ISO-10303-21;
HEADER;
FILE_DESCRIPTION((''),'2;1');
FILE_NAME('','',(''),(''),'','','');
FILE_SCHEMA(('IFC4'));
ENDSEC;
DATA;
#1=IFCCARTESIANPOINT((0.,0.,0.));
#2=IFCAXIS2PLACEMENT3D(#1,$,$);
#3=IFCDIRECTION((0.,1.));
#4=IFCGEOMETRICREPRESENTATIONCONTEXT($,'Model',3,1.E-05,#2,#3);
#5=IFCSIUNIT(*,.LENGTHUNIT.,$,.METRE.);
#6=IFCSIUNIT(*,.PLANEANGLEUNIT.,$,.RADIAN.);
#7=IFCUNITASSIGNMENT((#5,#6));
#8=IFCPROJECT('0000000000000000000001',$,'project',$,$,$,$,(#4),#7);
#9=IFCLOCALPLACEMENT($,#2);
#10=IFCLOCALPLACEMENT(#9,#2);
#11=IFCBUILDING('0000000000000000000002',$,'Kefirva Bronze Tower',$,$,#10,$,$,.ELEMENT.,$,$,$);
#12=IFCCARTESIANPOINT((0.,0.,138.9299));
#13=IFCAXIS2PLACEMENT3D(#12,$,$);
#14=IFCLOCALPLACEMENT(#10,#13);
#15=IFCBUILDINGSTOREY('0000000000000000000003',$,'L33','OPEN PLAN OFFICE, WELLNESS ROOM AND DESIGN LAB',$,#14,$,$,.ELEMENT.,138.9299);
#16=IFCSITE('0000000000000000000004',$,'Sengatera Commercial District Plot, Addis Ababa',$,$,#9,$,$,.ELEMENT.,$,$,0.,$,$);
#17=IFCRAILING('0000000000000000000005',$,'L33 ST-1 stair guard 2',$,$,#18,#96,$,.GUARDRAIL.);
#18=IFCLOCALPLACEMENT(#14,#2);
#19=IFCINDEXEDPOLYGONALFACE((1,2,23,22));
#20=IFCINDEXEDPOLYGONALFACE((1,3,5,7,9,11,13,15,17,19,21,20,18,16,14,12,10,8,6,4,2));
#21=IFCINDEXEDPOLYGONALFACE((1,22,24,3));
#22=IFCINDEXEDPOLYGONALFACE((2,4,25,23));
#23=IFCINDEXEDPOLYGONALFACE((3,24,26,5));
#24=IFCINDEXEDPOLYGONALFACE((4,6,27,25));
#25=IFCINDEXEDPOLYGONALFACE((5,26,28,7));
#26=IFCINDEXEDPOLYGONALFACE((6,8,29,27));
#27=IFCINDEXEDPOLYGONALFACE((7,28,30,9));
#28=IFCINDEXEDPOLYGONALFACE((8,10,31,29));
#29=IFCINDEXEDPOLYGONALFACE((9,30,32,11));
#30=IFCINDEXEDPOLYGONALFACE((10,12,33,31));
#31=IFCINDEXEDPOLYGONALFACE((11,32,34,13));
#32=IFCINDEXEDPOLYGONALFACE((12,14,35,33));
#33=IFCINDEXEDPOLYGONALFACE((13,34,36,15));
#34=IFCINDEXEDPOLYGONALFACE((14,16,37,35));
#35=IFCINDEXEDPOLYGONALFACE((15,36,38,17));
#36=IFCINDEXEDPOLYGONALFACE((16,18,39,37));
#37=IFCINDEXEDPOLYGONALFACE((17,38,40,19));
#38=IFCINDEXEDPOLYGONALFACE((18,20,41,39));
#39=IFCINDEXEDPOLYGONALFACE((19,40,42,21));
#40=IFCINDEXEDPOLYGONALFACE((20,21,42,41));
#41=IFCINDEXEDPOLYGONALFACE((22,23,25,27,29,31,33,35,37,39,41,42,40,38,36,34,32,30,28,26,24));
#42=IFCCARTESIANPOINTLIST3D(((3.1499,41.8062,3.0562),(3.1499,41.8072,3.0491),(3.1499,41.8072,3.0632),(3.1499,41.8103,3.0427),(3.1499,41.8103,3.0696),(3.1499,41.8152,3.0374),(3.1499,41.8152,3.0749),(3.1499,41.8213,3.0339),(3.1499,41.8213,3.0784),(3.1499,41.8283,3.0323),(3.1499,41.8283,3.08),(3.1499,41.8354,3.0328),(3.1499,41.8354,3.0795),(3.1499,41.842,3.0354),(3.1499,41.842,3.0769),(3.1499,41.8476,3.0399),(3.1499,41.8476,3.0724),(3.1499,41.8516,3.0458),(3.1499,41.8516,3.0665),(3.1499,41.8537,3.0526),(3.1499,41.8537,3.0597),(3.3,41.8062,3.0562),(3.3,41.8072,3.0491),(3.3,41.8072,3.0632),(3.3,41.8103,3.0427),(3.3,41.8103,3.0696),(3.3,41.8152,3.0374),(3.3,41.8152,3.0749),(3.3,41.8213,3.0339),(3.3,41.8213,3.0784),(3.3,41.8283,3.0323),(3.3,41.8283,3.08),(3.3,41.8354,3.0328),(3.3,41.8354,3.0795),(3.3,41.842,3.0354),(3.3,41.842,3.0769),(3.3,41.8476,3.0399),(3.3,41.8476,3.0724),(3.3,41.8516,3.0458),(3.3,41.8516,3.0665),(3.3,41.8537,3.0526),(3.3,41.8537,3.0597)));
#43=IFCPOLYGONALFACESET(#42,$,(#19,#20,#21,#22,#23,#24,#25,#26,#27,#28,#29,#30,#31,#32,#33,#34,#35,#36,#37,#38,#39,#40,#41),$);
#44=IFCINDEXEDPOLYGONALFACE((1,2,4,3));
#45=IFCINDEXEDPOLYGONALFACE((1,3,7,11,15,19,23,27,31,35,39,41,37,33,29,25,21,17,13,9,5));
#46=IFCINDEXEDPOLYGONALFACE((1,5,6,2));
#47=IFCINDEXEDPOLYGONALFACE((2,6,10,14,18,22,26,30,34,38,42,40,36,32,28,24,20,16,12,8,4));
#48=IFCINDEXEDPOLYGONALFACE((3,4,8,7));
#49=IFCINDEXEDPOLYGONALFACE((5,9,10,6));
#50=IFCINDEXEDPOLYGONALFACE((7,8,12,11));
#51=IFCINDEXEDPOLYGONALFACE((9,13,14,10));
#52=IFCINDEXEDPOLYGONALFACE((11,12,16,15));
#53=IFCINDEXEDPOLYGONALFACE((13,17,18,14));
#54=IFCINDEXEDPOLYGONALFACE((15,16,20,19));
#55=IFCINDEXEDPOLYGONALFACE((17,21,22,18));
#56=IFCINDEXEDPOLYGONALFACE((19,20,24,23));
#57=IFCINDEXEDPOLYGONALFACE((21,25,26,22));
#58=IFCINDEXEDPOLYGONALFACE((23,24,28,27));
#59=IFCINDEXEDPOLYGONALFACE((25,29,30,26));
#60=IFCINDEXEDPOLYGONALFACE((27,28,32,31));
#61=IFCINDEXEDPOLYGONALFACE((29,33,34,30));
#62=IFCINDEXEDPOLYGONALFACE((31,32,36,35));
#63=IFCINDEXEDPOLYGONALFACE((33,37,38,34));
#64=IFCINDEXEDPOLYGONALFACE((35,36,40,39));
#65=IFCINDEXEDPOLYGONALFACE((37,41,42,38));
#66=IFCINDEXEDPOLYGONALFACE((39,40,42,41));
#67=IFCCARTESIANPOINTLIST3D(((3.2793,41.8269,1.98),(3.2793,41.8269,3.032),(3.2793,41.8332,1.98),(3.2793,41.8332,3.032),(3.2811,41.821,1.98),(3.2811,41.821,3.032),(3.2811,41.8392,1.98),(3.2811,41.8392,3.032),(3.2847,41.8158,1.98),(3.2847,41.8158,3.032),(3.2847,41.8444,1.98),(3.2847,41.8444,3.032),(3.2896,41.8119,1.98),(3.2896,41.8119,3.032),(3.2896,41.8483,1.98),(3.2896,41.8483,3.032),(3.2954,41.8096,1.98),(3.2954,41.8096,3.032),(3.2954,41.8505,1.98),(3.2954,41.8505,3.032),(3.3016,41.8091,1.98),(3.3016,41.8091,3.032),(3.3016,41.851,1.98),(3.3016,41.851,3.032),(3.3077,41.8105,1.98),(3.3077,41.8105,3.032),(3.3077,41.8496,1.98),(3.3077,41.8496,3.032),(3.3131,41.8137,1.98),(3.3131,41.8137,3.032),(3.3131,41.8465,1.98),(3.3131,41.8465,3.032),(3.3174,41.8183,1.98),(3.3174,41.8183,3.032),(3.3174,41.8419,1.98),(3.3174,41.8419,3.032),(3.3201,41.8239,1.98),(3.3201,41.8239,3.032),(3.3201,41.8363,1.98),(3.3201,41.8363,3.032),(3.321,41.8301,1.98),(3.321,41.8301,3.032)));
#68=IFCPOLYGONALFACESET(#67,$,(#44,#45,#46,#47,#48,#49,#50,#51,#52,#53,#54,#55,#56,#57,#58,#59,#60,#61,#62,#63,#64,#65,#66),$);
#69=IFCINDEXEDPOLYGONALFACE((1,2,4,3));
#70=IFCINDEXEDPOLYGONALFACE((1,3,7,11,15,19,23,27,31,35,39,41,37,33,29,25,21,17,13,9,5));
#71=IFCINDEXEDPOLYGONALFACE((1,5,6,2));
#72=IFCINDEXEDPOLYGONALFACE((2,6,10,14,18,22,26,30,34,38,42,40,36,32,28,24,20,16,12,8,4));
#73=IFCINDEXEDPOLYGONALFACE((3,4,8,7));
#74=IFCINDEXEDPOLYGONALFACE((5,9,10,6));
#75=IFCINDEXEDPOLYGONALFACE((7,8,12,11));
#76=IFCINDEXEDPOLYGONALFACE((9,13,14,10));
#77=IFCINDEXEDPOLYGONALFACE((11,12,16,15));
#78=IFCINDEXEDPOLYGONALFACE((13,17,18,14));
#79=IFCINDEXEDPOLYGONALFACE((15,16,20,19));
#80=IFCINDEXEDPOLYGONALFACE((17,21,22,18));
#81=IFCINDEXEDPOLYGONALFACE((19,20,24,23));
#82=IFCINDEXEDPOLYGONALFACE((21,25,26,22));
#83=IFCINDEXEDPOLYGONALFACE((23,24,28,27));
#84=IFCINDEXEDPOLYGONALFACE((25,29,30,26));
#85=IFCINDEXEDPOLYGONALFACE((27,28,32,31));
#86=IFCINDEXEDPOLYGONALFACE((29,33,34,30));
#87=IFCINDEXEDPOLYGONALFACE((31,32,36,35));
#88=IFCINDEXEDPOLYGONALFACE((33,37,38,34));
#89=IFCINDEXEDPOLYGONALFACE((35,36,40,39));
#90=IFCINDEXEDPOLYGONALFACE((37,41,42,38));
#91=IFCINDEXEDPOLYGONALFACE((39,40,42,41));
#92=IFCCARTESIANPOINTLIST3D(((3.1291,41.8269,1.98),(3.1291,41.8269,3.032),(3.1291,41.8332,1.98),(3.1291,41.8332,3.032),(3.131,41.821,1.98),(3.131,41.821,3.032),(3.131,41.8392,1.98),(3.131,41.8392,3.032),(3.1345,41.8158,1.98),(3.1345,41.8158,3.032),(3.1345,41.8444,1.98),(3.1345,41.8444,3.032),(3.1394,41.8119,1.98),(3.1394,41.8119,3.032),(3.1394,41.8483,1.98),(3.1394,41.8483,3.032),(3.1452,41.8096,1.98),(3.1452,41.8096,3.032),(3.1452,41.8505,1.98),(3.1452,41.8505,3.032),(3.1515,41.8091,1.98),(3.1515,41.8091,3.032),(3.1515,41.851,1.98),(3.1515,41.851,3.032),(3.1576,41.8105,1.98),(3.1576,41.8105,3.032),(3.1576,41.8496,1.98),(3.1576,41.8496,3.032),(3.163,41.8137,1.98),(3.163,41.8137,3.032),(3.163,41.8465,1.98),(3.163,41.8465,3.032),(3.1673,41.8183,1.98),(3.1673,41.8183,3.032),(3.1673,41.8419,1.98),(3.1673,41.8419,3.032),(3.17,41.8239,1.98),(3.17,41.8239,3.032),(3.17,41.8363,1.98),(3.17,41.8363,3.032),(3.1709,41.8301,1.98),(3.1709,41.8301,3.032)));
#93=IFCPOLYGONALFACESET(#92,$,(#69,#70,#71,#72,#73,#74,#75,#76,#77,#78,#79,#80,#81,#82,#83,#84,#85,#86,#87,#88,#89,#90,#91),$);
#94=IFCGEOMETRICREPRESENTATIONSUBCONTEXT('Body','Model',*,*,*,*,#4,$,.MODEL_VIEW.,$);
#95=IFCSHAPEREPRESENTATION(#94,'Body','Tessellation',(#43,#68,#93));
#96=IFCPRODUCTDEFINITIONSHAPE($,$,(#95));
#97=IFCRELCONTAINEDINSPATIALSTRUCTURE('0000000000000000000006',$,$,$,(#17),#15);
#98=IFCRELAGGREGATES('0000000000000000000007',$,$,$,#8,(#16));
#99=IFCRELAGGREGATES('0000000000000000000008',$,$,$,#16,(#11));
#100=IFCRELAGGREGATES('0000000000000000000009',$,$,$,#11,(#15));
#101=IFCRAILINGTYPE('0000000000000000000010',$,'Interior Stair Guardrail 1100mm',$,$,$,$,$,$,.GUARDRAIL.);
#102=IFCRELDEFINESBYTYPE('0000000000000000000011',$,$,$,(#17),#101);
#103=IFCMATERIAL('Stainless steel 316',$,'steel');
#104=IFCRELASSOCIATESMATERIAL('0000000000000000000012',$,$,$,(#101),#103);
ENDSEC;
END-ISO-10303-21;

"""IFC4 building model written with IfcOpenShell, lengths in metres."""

from ifc_helpers import new_model, si_unit, direction, frame, origin, origin_2d, place, context, subcontext, project, spatial, circle, extrude, material, type_object, element, save


model = new_model("IFC4")

# Units and contexts
model_context = context("Model", 3, precision=1e-05, world=origin(), true_north=direction((0.0, 1.0)))
body_context = subcontext(model_context, "Body", "Model", "MODEL_VIEW")
ifc_project = project(units=[si_unit("LENGTHUNIT", "METRE"), si_unit("PLANEANGLEUNIT", "RADIAN")], contexts=[model_context])

# Site, building, storey
site_placement = place(None, origin())
site = spatial("IfcSite", under=ifc_project, at=site_placement, Name="Sengatera Commercial District Plot, Addis Ababa", CompositionType="ELEMENT", RefElevation=0.0)
building_placement = place(site_placement, origin())
building = spatial("IfcBuilding", under=site, at=building_placement, Name="Kefirva Bronze Tower", CompositionType="ELEMENT")
storey_placement = place(building_placement, frame((0.0, 0.0, 138.9299)))
storey = spatial("IfcBuildingStorey", under=building, at=storey_placement, Name="L33", Description="OPEN PLAN OFFICE, WELLNESS ROOM AND DESIGN LAB", CompositionType="ELEMENT", Elevation=138.9299)

# Railing
ifc_material_1 = material(Name="Stainless steel 316", Category="steel")
railing_type_1 = type_object("IfcRailingType", Name="Interior Stair Guardrail 1100mm", PredefinedType="GUARDRAIL", material=ifc_material_1)
railing_1_placement = place(storey_placement, frame((3.3, 41.8301, 1.98)))
element("IfcRailing", 1, at=railing_1_placement, inside=storey, type_object=railing_type_1, Name="L33 ST-1 stair guard 2", PredefinedType="GUARDRAIL", context=body_context, shape_type="SweptSolid", body=[
    extrude(circle(Radius=0.0239, at=origin_2d()), frame((0.0, 0.0, 1.0762), z_axis=(-1.0, 0.0, 0.0), x_axis=(0.0, -1.0, 0.0)), (0.0, 0.0, 1.0), 0.1501),
    extrude(circle(Radius=0.021, at=origin_2d()), origin(), (0.0, 0.0, 1.0), 1.052),
    extrude(circle(Radius=0.021, at=origin_2d()), frame((-0.1501, 0.0, 0.0)), (0.0, 0.0, 1.0), 1.052),
])

save(model, "model.ifc")
